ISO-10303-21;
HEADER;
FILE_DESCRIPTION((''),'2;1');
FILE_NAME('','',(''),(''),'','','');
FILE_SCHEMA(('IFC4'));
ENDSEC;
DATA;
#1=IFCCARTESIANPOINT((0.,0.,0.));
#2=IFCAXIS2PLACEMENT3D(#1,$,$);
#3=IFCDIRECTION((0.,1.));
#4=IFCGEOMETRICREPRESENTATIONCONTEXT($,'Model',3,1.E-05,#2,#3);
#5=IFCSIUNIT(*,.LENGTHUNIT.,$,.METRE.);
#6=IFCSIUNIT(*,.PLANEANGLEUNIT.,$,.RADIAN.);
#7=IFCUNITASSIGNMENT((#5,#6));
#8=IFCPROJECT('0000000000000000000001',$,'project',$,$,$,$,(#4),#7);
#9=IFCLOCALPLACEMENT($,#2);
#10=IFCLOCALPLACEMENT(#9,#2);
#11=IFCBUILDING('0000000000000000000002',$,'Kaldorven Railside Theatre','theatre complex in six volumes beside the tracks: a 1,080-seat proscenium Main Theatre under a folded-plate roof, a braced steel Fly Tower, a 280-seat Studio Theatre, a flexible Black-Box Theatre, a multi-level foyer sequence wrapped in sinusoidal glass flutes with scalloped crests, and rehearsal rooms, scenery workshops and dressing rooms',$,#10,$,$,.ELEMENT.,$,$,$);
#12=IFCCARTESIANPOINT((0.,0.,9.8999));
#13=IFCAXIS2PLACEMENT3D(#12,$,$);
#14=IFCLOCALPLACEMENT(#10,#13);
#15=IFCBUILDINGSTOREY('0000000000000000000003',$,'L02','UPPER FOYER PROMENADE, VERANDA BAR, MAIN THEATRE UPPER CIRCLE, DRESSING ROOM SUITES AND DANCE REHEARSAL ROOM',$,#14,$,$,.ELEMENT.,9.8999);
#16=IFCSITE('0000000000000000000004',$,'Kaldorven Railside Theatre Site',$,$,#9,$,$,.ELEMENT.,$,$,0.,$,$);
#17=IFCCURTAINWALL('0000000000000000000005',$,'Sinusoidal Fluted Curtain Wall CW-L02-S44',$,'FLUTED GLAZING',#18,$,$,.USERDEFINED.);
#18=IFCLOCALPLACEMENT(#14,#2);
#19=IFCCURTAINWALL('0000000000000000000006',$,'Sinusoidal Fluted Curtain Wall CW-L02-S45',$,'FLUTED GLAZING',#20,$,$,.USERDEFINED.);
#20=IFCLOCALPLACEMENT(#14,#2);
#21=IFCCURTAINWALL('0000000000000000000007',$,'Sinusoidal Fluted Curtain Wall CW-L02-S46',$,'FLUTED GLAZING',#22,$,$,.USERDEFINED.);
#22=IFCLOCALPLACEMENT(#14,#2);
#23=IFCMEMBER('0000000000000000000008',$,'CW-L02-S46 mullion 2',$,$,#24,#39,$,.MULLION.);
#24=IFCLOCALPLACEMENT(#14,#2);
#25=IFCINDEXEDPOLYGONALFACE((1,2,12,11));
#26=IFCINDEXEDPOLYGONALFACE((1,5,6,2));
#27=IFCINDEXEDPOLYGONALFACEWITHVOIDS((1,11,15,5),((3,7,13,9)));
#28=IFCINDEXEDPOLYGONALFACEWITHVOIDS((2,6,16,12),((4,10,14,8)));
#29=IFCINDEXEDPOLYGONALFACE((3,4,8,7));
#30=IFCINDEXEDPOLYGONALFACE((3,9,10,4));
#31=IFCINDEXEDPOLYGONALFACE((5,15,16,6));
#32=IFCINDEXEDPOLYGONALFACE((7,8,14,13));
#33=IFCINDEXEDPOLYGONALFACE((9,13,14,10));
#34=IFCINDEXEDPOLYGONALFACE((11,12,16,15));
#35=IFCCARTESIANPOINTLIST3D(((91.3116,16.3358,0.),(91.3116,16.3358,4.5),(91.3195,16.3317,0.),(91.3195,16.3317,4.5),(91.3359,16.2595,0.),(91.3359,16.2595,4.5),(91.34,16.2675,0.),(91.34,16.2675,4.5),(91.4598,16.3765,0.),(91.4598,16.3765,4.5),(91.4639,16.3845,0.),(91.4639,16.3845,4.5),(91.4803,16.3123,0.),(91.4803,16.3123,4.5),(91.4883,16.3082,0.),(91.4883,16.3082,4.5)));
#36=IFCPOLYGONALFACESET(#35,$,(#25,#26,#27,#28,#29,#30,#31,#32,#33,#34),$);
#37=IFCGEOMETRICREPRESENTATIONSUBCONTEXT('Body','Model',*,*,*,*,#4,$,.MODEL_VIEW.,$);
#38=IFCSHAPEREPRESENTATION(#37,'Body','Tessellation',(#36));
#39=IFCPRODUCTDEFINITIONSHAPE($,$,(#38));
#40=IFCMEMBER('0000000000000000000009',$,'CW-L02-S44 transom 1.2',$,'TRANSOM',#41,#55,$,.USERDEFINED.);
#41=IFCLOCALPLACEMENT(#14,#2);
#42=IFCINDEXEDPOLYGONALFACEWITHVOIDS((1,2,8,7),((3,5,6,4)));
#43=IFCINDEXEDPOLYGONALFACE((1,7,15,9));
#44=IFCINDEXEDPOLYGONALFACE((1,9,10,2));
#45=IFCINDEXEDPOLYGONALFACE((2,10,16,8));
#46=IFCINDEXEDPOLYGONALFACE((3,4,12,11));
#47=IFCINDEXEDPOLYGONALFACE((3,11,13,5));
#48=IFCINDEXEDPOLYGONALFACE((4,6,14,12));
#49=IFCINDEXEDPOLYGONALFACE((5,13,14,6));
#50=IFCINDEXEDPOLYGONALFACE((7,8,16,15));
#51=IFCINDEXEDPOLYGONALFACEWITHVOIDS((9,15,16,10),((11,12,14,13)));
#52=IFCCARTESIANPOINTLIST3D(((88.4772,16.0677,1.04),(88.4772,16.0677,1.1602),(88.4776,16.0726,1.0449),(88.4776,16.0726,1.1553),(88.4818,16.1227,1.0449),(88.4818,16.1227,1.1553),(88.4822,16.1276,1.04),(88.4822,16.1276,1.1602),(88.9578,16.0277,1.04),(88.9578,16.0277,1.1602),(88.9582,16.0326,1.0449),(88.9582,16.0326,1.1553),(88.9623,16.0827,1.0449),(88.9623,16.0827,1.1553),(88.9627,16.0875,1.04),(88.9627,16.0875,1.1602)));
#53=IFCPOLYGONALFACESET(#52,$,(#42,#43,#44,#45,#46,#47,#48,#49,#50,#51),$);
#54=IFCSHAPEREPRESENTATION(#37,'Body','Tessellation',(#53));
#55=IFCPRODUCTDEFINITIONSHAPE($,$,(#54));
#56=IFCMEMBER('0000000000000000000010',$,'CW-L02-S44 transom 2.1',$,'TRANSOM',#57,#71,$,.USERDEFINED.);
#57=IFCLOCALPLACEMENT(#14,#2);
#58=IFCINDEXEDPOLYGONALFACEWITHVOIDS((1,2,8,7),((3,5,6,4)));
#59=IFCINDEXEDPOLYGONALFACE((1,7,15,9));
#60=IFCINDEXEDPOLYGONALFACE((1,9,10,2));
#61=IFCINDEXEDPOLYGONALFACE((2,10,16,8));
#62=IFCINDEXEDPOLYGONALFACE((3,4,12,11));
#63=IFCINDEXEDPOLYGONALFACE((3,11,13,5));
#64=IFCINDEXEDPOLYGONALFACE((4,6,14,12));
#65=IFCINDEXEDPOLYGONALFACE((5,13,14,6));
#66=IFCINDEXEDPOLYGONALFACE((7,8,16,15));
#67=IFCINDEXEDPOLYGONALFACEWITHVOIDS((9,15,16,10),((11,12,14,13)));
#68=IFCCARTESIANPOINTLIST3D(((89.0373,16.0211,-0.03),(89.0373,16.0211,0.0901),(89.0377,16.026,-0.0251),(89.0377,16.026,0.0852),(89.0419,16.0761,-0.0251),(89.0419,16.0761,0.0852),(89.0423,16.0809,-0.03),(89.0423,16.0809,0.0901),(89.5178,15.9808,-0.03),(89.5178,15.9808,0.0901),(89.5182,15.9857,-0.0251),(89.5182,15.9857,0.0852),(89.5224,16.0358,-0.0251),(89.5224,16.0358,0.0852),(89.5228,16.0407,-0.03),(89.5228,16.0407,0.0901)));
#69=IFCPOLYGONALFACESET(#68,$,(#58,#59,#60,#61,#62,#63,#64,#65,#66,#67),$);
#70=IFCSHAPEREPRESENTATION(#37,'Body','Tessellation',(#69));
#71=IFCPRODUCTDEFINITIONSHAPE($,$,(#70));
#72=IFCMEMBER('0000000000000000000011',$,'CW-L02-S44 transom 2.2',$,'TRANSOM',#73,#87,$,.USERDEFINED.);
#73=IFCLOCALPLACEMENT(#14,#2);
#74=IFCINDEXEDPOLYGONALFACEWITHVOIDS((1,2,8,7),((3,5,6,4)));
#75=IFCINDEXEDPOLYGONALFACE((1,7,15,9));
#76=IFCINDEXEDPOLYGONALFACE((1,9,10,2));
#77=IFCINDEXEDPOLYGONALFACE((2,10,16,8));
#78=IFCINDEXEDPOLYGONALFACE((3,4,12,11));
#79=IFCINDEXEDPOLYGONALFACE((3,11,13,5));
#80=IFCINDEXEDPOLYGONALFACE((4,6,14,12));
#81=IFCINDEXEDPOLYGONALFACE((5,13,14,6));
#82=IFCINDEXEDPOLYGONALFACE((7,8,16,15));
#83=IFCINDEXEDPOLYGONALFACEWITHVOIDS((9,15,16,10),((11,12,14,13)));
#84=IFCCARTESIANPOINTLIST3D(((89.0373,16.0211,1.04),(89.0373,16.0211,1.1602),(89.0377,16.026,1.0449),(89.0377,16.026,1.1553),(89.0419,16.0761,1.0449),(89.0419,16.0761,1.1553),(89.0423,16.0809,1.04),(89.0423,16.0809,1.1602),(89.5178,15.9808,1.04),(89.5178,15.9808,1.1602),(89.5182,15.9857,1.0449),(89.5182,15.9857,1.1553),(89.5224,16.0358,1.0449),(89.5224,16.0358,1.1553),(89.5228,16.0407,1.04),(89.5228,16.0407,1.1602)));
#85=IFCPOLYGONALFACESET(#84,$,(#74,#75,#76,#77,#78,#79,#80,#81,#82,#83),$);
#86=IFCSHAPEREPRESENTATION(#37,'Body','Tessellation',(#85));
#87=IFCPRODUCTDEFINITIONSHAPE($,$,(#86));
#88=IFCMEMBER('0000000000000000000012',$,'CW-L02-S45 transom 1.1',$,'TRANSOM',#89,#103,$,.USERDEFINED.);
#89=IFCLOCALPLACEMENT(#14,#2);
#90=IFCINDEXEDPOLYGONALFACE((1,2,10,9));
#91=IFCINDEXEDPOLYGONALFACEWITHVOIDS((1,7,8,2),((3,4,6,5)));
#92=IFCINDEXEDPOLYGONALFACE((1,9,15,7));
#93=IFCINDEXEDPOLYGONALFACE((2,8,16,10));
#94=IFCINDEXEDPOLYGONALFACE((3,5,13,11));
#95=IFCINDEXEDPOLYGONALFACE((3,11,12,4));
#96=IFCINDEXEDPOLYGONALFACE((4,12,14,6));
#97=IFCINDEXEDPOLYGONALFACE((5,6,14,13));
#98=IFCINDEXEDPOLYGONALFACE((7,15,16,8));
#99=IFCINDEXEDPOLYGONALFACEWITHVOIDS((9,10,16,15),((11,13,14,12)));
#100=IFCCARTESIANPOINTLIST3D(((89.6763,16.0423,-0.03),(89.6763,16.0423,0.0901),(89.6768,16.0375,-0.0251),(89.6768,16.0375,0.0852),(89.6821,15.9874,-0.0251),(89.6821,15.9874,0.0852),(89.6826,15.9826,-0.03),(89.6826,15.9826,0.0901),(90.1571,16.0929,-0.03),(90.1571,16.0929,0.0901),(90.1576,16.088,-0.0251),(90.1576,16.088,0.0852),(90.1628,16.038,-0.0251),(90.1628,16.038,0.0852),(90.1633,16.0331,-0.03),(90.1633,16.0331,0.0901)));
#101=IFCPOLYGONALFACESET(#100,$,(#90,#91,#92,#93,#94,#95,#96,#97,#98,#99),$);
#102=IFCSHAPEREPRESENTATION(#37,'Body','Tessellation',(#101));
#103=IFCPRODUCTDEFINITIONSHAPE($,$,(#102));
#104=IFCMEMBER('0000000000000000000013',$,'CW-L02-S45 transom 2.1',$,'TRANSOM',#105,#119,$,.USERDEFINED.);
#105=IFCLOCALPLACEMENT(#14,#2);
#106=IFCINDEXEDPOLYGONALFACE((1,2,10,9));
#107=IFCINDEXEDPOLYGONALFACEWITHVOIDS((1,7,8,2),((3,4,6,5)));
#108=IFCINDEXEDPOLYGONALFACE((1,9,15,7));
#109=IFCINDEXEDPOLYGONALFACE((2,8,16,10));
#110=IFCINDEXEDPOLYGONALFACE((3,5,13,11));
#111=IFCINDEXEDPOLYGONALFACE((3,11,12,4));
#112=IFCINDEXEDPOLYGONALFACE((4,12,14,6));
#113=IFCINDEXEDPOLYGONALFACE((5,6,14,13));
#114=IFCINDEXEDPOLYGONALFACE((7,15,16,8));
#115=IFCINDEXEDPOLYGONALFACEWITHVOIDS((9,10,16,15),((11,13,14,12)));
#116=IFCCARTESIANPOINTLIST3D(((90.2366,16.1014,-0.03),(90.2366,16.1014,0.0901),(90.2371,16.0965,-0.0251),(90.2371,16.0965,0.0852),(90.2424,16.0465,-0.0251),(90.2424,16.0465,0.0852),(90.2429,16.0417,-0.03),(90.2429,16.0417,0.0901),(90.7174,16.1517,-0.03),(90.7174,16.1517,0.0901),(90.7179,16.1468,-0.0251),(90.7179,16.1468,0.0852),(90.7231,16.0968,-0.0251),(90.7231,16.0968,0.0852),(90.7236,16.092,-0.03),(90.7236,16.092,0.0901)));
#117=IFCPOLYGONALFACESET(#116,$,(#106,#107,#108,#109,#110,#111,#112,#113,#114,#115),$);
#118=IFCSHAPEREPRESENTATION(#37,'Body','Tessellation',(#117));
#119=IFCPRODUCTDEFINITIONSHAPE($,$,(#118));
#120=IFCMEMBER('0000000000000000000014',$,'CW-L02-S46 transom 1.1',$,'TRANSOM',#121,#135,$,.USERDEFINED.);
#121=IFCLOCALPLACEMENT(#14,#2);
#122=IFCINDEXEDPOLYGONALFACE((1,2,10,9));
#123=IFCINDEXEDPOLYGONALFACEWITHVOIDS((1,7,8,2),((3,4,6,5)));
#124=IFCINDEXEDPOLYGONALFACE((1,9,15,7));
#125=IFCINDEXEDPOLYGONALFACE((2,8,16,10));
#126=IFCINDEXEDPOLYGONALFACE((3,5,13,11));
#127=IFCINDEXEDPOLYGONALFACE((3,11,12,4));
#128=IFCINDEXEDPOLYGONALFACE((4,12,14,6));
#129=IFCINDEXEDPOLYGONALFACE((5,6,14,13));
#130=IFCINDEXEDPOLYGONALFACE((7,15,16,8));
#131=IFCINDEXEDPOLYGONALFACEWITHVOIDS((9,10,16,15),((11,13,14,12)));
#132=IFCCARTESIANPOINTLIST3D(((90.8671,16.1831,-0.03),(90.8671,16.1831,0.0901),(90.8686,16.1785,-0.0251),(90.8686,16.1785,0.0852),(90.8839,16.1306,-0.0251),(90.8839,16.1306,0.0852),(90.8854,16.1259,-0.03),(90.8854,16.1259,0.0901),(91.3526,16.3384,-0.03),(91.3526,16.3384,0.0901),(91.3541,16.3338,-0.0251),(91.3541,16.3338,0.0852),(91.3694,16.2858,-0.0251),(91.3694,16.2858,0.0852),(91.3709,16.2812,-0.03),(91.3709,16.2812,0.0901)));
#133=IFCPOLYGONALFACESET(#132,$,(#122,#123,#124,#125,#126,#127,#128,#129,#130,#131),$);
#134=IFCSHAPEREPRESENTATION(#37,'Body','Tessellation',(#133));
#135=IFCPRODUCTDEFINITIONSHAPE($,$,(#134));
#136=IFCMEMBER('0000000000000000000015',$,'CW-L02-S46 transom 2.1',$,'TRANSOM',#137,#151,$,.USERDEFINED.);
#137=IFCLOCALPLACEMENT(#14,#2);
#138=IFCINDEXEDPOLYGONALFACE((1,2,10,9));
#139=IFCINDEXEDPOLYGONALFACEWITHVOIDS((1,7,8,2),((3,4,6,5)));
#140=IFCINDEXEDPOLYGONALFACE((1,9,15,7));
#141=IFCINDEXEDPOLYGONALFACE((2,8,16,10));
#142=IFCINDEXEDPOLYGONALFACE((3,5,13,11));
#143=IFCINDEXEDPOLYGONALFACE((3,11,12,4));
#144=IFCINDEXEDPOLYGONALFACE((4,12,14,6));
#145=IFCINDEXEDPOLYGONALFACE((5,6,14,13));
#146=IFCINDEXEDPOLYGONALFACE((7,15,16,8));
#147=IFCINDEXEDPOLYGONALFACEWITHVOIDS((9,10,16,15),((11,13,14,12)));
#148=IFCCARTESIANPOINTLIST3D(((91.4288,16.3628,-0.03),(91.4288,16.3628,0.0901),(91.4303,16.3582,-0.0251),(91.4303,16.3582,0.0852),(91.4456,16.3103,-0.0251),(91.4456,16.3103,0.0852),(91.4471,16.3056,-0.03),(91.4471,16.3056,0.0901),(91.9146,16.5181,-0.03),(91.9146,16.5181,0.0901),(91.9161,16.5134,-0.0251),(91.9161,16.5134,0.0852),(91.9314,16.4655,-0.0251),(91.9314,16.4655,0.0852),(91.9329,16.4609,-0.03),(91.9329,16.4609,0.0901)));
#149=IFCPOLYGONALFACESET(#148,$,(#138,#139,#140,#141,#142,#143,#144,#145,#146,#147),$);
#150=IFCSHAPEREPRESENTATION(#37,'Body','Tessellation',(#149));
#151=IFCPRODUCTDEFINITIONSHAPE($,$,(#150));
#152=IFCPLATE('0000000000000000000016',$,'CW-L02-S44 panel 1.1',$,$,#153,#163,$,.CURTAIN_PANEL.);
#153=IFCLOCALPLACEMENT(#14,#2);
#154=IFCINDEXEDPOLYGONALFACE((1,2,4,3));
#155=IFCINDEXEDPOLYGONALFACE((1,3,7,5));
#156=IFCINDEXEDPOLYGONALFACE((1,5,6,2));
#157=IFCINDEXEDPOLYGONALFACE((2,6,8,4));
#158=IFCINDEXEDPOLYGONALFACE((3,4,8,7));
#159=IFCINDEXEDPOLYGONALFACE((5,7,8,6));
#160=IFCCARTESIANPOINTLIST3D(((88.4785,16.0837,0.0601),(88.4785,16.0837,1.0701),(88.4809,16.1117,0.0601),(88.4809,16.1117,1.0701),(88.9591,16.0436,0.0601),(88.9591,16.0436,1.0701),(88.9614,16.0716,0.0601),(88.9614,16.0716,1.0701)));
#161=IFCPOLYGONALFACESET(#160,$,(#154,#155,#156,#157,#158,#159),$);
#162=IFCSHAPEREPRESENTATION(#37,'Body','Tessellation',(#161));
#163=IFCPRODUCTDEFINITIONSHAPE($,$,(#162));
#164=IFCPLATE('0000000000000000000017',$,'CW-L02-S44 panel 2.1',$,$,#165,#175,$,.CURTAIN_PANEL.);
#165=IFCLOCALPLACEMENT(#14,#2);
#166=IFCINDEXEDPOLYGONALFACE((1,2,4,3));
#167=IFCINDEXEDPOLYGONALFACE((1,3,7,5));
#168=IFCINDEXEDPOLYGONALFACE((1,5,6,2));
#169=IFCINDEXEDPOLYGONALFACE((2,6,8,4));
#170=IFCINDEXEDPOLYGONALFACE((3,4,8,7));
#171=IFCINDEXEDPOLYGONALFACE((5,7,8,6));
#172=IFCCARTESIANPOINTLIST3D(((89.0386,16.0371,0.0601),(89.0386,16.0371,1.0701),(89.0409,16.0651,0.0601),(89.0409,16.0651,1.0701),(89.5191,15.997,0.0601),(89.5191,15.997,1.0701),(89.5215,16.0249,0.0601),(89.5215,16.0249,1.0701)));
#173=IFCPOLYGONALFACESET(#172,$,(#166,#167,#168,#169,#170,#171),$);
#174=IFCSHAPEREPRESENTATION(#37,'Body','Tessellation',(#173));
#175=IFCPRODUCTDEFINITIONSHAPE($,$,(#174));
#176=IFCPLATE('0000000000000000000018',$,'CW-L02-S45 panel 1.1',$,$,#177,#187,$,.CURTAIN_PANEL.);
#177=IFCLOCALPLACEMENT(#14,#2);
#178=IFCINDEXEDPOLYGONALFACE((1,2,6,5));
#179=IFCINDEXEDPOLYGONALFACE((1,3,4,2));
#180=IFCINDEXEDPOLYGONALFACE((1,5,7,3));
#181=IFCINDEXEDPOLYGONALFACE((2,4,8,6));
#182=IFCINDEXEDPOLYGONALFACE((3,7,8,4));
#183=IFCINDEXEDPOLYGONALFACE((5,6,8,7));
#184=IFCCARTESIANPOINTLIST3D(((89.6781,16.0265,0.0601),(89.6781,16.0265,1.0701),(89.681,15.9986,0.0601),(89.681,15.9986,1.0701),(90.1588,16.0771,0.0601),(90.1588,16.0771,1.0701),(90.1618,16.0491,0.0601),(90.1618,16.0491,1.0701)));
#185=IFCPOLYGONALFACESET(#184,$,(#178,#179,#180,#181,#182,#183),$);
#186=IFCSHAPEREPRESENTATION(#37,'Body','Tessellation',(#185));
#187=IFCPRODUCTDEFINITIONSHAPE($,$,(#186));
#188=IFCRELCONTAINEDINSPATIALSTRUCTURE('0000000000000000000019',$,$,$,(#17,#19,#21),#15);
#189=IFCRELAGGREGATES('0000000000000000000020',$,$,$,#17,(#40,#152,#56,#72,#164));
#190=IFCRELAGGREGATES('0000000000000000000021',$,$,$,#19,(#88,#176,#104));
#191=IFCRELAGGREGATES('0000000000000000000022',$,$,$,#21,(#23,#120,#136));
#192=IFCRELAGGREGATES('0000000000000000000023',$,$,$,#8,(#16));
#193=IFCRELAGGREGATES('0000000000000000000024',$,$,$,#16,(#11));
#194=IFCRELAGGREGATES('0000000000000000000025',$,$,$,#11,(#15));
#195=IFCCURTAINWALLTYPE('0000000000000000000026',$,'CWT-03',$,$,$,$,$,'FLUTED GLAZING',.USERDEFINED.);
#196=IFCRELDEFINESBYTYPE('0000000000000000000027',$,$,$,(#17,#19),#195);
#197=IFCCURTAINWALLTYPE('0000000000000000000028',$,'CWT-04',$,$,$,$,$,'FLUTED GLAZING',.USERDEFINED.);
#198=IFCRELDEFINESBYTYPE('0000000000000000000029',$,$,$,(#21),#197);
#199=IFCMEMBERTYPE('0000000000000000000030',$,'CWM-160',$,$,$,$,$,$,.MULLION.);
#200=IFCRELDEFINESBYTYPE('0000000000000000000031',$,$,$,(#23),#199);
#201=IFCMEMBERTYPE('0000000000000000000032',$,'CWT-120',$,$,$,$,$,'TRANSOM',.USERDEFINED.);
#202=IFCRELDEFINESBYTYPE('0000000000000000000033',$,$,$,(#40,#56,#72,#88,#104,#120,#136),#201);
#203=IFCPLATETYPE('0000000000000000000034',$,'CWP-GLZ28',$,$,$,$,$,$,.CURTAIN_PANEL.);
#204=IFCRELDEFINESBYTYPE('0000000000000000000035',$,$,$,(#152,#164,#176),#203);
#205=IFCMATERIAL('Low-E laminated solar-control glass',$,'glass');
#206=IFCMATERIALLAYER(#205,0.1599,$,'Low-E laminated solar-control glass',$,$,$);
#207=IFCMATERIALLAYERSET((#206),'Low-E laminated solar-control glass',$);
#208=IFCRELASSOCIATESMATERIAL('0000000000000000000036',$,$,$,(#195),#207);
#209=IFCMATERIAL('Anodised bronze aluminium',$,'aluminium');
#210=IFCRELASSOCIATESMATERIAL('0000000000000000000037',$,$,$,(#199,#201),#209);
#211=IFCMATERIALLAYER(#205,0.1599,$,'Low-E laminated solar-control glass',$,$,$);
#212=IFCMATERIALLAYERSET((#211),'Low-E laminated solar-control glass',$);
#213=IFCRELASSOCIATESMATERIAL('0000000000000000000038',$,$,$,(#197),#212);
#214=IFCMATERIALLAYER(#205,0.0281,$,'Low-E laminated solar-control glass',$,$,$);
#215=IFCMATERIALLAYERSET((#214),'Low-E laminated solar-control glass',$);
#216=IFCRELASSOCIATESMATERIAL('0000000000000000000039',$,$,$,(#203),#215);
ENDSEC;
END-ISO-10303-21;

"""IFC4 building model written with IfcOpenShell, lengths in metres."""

from ifc_helpers import new_model, si_unit, direction, frame, origin, origin_2d, place, context, subcontext, project, spatial, rectangle, hollow_rectangle, extrude, material, layer, layer_set, material_profile, profile_set, type_object, element, aggregate, save


model = new_model("IFC4")

# Units and contexts
model_context = context("Model", 3, precision=1e-05, world=origin(), true_north=direction((0.0, 1.0)))
body_context = subcontext(model_context, "Body", "Model", "MODEL_VIEW")
ifc_project = project(units=[si_unit("LENGTHUNIT", "METRE"), si_unit("PLANEANGLEUNIT", "RADIAN")], contexts=[model_context])

# Site, building, storey
site_placement = place(None, origin())
site = spatial("IfcSite", under=ifc_project, at=site_placement, Name="Kaldorven Railside Theatre Site", CompositionType="ELEMENT", RefElevation=0.0)
building_placement = place(site_placement, origin())
building = spatial("IfcBuilding", under=site, at=building_placement, Name="Kaldorven Railside Theatre", Description="theatre complex in six volumes beside the tracks: a 1,080-seat proscenium Main Theatre under a folded-plate roof, a braced steel Fly Tower, a 280-seat Studio Theatre, a flexible Black-Box Theatre, a multi-level foyer sequence wrapped in sinusoidal glass flutes with scalloped crests, and rehearsal rooms, scenery workshops and dressing rooms", CompositionType="ELEMENT")
storey_placement = place(building_placement, frame((0.0, 0.0, 9.8999)))
storey = spatial("IfcBuildingStorey", under=building, at=storey_placement, Name="L02", Description="UPPER FOYER PROMENADE, VERANDA BAR, MAIN THEATRE UPPER CIRCLE, DRESSING ROOM SUITES AND DANCE REHEARSAL ROOM", CompositionType="ELEMENT", Elevation=9.8999)

# Curtain walls, member
ifc_material_1 = material(Name="Low-E laminated solar-control glass", Category="glass")
ifc_layer_1 = layer(ifc_material_1, 0.1599, Name="Low-E laminated solar-control glass")
ifc_layer_set_1 = layer_set([ifc_layer_1], Name="Low-E laminated solar-control glass")
curtain_wall_type_1 = type_object("IfcCurtainWallType", Name="CWT-03", ElementType="FLUTED GLAZING", PredefinedType="USERDEFINED", material=ifc_layer_set_1)
curtain_wall_1_placement = place(storey_placement, origin())
curtain_wall_1 = element("IfcCurtainWall", 1, at=curtain_wall_1_placement, inside=storey, type_object=curtain_wall_type_1, Name="Sinusoidal Fluted Curtain Wall CW-L02-S44", ObjectType="FLUTED GLAZING", PredefinedType="USERDEFINED")
ifc_material_2 = material(Name="Anodised bronze aluminium", Category="aluminium")
ifc_material_profile_1 = material_profile(ifc_material_2, hollow_rectangle(XDim=0.0801, YDim=0.1599, WallThickness=0.0063, at=origin_2d()), Name="RHS 160x80x6.3")
ifc_profile_set_1 = profile_set([ifc_material_profile_1], Name="Anodised bronze aluminium")
member_type_1 = type_object("IfcMemberType", Name="CWM-160", PredefinedType="MULLION", material=ifc_profile_set_1)
curtain_wall_2_placement = place(storey_placement, origin())
curtain_wall_2 = element("IfcCurtainWall", 2, at=curtain_wall_2_placement, inside=storey, type_object=curtain_wall_type_1, Name="Sinusoidal Fluted Curtain Wall CW-L02-S45", ObjectType="FLUTED GLAZING", PredefinedType="USERDEFINED")
ifc_layer_2 = layer(ifc_material_1, 0.1599, Name="Low-E laminated solar-control glass")
ifc_layer_set_2 = layer_set([ifc_layer_2], Name="Low-E laminated solar-control glass")
curtain_wall_type_2 = type_object("IfcCurtainWallType", Name="CWT-04", ElementType="FLUTED GLAZING", PredefinedType="USERDEFINED", material=ifc_layer_set_2)
curtain_wall_3_placement = place(storey_placement, origin())
curtain_wall_3 = element("IfcCurtainWall", 3, at=curtain_wall_3_placement, inside=storey, type_object=curtain_wall_type_2, Name="Sinusoidal Fluted Curtain Wall CW-L02-S46", ObjectType="FLUTED GLAZING", PredefinedType="USERDEFINED")
member_1_placement = place(storey_placement, frame((91.3999, 16.322, 0.0), z_axis=(0.0, 0.0, 1.0), x_axis=(-0.304488, 0.952516, 0.0)))
member_1 = element("IfcMember", 4, at=member_1_placement, type_object=member_type_1, Name="CW-L02-S46 mullion 2", PredefinedType="MULLION", context=body_context, shape_type="SweptSolid", body=[
    extrude(hollow_rectangle(XDim=0.0801, YDim=0.1599, WallThickness=0.0063, at=origin_2d()), origin(), (0.0, 0.0, 1.0), 4.5),
])

# Members
ifc_material_profile_2 = material_profile(ifc_material_2, hollow_rectangle(XDim=0.0601, YDim=0.1201, WallThickness=0.0049, at=origin_2d()), Name="RHS 120x60x5")
ifc_profile_set_2 = profile_set([ifc_material_profile_2], Name="Anodised bronze aluminium")
member_type_2 = type_object("IfcMemberType", Name="CWT-120", ElementType="TRANSOM", PredefinedType="USERDEFINED", material=ifc_profile_set_2)
member_2_placement = place(storey_placement, frame((88.4797, 16.0977, 1.1001), z_axis=(0.996546, -0.083045, 0.0), x_axis=(0.083045, 0.996546, 0.0)))
member_2 = element("IfcMember", 5, at=member_2_placement, type_object=member_type_2, Name="CW-L02-S44 transom 1.2", ObjectType="TRANSOM", PredefinedType="USERDEFINED", context=body_context, shape_type="SweptSolid", body=[
    extrude(hollow_rectangle(XDim=0.0601, YDim=0.1201, WallThickness=0.0049, at=origin_2d()), origin(), (0.0, 0.0, 1.0), 0.4822),
])
member_3_placement = place(storey_placement, frame((89.0398, 16.051, 0.03), z_axis=(0.996504, -0.083548, 0.0), x_axis=(0.083548, 0.996504, 0.0)))
member_3 = element("IfcMember", 6, at=member_3_placement, type_object=member_type_2, Name="CW-L02-S44 transom 2.1", ObjectType="TRANSOM", PredefinedType="USERDEFINED", context=body_context, shape_type="SweptSolid", body=[
    extrude(hollow_rectangle(XDim=0.0601, YDim=0.1201, WallThickness=0.0049, at=origin_2d()), origin(), (0.0, 0.0, 1.0), 0.4822),
])
member_4_placement = place(storey_placement, frame((89.0398, 16.051, 1.1001), z_axis=(0.996504, -0.083548, 0.0), x_axis=(0.083548, 0.996504, 0.0)))
member_4 = element("IfcMember", 7, at=member_4_placement, type_object=member_type_2, Name="CW-L02-S44 transom 2.2", ObjectType="TRANSOM", PredefinedType="USERDEFINED", context=body_context, shape_type="SweptSolid", body=[
    extrude(hollow_rectangle(XDim=0.0601, YDim=0.1201, WallThickness=0.0049, at=origin_2d()), origin(), (0.0, 0.0, 1.0), 0.4822),
])
member_5_placement = place(storey_placement, frame((89.6794, 16.0125, 0.03), z_axis=(0.994519, 0.104553, 0.0), x_axis=(-0.104553, 0.994519, 0.0)))
member_5 = element("IfcMember", 8, at=member_5_placement, type_object=member_type_2, Name="CW-L02-S45 transom 1.1", ObjectType="TRANSOM", PredefinedType="USERDEFINED", context=body_context, shape_type="SweptSolid", body=[
    extrude(hollow_rectangle(XDim=0.0601, YDim=0.1201, WallThickness=0.0049, at=origin_2d()), origin(), (0.0, 0.0, 1.0), 0.4834),
])
member_6_placement = place(storey_placement, frame((90.2397, 16.0715, 0.03), z_axis=(0.994572, 0.104054, 0.0), x_axis=(-0.104054, 0.994572, 0.0)))
member_6 = element("IfcMember", 9, at=member_6_placement, type_object=member_type_2, Name="CW-L02-S45 transom 2.1", ObjectType="TRANSOM", PredefinedType="USERDEFINED", context=body_context, shape_type="SweptSolid", body=[
    extrude(hollow_rectangle(XDim=0.0601, YDim=0.1201, WallThickness=0.0049, at=origin_2d()), origin(), (0.0, 0.0, 1.0), 0.4834),
])
member_7_placement = place(storey_placement, frame((90.8762, 16.1545, 0.03), z_axis=(0.952491, 0.304567, 0.0), x_axis=(-0.304567, 0.952491, 0.0)))
member_7 = element("IfcMember", 10, at=member_7_placement, type_object=member_type_2, Name="CW-L02-S46 transom 1.1", ObjectType="TRANSOM", PredefinedType="USERDEFINED", context=body_context, shape_type="SweptSolid", body=[
    extrude(hollow_rectangle(XDim=0.0601, YDim=0.1201, WallThickness=0.0049, at=origin_2d()), origin(), (0.0, 0.0, 1.0), 0.5098),
])
member_8_placement = place(storey_placement, frame((91.438, 16.3342, 0.03), z_axis=(0.952535, 0.304428, 0.0), x_axis=(-0.304428, 0.952535, 0.0)))
member_8 = element("IfcMember", 11, at=member_8_placement, type_object=member_type_2, Name="CW-L02-S46 transom 2.1", ObjectType="TRANSOM", PredefinedType="USERDEFINED", context=body_context, shape_type="SweptSolid", body=[
    extrude(hollow_rectangle(XDim=0.0601, YDim=0.1201, WallThickness=0.0049, at=origin_2d()), origin(), (0.0, 0.0, 1.0), 0.51),
])

# Plates
ifc_layer_3 = layer(ifc_material_1, 0.0281, Name="Low-E laminated solar-control glass")
ifc_layer_set_3 = layer_set([ifc_layer_3], Name="Low-E laminated solar-control glass")
plate_type = type_object("IfcPlateType", Name="CWP-GLZ28", PredefinedType="CURTAIN_PANEL", material=ifc_layer_set_3)
plate_1_placement = place(storey_placement, frame((88.72, 16.0776, 0.0601), z_axis=(0.0, 0.0, 1.0), x_axis=(0.996532, -0.08321, 0.0)))
plate_1 = element("IfcPlate", 12, at=plate_1_placement, type_object=plate_type, Name="CW-L02-S44 panel 1.1", PredefinedType="CURTAIN_PANEL", context=body_context, shape_type="SweptSolid", body=[
    extrude(rectangle(XDim=0.4822, YDim=0.0281, at=origin_2d()), origin(), (0.0, 0.0, 1.0), 1.01),
])
plate_2_placement = place(storey_placement, frame((89.28, 16.031, 0.0601), z_axis=(0.0, 0.0, 1.0), x_axis=(0.996532, -0.08321, 0.0)))
plate_2 = element("IfcPlate", 13, at=plate_2_placement, type_object=plate_type, Name="CW-L02-S44 panel 2.1", PredefinedType="CURTAIN_PANEL", context=body_context, shape_type="SweptSolid", body=[
    extrude(rectangle(XDim=0.4822, YDim=0.0281, at=origin_2d()), origin(), (0.0, 0.0, 1.0), 1.01),
])
aggregate(curtain_wall_1, [member_2, plate_1, member_3, member_4, plate_2])
plate_3_placement = place(storey_placement, frame((89.9199, 16.0378, 0.0601), z_axis=(0.0, 0.0, 1.0), x_axis=(0.994524, 0.104508, 0.0)))
plate_3 = element("IfcPlate", 14, at=plate_3_placement, type_object=plate_type, Name="CW-L02-S45 panel 1.1", PredefinedType="CURTAIN_PANEL", context=body_context, shape_type="SweptSolid", body=[
    extrude(rectangle(XDim=0.4834, YDim=0.0281, at=origin_2d()), origin(), (0.0, 0.0, 1.0), 1.01),
])
aggregate(curtain_wall_2, [member_5, plate_3, member_6])
aggregate(curtain_wall_3, [member_1, member_7, member_8])

save(model, "model.ifc")
